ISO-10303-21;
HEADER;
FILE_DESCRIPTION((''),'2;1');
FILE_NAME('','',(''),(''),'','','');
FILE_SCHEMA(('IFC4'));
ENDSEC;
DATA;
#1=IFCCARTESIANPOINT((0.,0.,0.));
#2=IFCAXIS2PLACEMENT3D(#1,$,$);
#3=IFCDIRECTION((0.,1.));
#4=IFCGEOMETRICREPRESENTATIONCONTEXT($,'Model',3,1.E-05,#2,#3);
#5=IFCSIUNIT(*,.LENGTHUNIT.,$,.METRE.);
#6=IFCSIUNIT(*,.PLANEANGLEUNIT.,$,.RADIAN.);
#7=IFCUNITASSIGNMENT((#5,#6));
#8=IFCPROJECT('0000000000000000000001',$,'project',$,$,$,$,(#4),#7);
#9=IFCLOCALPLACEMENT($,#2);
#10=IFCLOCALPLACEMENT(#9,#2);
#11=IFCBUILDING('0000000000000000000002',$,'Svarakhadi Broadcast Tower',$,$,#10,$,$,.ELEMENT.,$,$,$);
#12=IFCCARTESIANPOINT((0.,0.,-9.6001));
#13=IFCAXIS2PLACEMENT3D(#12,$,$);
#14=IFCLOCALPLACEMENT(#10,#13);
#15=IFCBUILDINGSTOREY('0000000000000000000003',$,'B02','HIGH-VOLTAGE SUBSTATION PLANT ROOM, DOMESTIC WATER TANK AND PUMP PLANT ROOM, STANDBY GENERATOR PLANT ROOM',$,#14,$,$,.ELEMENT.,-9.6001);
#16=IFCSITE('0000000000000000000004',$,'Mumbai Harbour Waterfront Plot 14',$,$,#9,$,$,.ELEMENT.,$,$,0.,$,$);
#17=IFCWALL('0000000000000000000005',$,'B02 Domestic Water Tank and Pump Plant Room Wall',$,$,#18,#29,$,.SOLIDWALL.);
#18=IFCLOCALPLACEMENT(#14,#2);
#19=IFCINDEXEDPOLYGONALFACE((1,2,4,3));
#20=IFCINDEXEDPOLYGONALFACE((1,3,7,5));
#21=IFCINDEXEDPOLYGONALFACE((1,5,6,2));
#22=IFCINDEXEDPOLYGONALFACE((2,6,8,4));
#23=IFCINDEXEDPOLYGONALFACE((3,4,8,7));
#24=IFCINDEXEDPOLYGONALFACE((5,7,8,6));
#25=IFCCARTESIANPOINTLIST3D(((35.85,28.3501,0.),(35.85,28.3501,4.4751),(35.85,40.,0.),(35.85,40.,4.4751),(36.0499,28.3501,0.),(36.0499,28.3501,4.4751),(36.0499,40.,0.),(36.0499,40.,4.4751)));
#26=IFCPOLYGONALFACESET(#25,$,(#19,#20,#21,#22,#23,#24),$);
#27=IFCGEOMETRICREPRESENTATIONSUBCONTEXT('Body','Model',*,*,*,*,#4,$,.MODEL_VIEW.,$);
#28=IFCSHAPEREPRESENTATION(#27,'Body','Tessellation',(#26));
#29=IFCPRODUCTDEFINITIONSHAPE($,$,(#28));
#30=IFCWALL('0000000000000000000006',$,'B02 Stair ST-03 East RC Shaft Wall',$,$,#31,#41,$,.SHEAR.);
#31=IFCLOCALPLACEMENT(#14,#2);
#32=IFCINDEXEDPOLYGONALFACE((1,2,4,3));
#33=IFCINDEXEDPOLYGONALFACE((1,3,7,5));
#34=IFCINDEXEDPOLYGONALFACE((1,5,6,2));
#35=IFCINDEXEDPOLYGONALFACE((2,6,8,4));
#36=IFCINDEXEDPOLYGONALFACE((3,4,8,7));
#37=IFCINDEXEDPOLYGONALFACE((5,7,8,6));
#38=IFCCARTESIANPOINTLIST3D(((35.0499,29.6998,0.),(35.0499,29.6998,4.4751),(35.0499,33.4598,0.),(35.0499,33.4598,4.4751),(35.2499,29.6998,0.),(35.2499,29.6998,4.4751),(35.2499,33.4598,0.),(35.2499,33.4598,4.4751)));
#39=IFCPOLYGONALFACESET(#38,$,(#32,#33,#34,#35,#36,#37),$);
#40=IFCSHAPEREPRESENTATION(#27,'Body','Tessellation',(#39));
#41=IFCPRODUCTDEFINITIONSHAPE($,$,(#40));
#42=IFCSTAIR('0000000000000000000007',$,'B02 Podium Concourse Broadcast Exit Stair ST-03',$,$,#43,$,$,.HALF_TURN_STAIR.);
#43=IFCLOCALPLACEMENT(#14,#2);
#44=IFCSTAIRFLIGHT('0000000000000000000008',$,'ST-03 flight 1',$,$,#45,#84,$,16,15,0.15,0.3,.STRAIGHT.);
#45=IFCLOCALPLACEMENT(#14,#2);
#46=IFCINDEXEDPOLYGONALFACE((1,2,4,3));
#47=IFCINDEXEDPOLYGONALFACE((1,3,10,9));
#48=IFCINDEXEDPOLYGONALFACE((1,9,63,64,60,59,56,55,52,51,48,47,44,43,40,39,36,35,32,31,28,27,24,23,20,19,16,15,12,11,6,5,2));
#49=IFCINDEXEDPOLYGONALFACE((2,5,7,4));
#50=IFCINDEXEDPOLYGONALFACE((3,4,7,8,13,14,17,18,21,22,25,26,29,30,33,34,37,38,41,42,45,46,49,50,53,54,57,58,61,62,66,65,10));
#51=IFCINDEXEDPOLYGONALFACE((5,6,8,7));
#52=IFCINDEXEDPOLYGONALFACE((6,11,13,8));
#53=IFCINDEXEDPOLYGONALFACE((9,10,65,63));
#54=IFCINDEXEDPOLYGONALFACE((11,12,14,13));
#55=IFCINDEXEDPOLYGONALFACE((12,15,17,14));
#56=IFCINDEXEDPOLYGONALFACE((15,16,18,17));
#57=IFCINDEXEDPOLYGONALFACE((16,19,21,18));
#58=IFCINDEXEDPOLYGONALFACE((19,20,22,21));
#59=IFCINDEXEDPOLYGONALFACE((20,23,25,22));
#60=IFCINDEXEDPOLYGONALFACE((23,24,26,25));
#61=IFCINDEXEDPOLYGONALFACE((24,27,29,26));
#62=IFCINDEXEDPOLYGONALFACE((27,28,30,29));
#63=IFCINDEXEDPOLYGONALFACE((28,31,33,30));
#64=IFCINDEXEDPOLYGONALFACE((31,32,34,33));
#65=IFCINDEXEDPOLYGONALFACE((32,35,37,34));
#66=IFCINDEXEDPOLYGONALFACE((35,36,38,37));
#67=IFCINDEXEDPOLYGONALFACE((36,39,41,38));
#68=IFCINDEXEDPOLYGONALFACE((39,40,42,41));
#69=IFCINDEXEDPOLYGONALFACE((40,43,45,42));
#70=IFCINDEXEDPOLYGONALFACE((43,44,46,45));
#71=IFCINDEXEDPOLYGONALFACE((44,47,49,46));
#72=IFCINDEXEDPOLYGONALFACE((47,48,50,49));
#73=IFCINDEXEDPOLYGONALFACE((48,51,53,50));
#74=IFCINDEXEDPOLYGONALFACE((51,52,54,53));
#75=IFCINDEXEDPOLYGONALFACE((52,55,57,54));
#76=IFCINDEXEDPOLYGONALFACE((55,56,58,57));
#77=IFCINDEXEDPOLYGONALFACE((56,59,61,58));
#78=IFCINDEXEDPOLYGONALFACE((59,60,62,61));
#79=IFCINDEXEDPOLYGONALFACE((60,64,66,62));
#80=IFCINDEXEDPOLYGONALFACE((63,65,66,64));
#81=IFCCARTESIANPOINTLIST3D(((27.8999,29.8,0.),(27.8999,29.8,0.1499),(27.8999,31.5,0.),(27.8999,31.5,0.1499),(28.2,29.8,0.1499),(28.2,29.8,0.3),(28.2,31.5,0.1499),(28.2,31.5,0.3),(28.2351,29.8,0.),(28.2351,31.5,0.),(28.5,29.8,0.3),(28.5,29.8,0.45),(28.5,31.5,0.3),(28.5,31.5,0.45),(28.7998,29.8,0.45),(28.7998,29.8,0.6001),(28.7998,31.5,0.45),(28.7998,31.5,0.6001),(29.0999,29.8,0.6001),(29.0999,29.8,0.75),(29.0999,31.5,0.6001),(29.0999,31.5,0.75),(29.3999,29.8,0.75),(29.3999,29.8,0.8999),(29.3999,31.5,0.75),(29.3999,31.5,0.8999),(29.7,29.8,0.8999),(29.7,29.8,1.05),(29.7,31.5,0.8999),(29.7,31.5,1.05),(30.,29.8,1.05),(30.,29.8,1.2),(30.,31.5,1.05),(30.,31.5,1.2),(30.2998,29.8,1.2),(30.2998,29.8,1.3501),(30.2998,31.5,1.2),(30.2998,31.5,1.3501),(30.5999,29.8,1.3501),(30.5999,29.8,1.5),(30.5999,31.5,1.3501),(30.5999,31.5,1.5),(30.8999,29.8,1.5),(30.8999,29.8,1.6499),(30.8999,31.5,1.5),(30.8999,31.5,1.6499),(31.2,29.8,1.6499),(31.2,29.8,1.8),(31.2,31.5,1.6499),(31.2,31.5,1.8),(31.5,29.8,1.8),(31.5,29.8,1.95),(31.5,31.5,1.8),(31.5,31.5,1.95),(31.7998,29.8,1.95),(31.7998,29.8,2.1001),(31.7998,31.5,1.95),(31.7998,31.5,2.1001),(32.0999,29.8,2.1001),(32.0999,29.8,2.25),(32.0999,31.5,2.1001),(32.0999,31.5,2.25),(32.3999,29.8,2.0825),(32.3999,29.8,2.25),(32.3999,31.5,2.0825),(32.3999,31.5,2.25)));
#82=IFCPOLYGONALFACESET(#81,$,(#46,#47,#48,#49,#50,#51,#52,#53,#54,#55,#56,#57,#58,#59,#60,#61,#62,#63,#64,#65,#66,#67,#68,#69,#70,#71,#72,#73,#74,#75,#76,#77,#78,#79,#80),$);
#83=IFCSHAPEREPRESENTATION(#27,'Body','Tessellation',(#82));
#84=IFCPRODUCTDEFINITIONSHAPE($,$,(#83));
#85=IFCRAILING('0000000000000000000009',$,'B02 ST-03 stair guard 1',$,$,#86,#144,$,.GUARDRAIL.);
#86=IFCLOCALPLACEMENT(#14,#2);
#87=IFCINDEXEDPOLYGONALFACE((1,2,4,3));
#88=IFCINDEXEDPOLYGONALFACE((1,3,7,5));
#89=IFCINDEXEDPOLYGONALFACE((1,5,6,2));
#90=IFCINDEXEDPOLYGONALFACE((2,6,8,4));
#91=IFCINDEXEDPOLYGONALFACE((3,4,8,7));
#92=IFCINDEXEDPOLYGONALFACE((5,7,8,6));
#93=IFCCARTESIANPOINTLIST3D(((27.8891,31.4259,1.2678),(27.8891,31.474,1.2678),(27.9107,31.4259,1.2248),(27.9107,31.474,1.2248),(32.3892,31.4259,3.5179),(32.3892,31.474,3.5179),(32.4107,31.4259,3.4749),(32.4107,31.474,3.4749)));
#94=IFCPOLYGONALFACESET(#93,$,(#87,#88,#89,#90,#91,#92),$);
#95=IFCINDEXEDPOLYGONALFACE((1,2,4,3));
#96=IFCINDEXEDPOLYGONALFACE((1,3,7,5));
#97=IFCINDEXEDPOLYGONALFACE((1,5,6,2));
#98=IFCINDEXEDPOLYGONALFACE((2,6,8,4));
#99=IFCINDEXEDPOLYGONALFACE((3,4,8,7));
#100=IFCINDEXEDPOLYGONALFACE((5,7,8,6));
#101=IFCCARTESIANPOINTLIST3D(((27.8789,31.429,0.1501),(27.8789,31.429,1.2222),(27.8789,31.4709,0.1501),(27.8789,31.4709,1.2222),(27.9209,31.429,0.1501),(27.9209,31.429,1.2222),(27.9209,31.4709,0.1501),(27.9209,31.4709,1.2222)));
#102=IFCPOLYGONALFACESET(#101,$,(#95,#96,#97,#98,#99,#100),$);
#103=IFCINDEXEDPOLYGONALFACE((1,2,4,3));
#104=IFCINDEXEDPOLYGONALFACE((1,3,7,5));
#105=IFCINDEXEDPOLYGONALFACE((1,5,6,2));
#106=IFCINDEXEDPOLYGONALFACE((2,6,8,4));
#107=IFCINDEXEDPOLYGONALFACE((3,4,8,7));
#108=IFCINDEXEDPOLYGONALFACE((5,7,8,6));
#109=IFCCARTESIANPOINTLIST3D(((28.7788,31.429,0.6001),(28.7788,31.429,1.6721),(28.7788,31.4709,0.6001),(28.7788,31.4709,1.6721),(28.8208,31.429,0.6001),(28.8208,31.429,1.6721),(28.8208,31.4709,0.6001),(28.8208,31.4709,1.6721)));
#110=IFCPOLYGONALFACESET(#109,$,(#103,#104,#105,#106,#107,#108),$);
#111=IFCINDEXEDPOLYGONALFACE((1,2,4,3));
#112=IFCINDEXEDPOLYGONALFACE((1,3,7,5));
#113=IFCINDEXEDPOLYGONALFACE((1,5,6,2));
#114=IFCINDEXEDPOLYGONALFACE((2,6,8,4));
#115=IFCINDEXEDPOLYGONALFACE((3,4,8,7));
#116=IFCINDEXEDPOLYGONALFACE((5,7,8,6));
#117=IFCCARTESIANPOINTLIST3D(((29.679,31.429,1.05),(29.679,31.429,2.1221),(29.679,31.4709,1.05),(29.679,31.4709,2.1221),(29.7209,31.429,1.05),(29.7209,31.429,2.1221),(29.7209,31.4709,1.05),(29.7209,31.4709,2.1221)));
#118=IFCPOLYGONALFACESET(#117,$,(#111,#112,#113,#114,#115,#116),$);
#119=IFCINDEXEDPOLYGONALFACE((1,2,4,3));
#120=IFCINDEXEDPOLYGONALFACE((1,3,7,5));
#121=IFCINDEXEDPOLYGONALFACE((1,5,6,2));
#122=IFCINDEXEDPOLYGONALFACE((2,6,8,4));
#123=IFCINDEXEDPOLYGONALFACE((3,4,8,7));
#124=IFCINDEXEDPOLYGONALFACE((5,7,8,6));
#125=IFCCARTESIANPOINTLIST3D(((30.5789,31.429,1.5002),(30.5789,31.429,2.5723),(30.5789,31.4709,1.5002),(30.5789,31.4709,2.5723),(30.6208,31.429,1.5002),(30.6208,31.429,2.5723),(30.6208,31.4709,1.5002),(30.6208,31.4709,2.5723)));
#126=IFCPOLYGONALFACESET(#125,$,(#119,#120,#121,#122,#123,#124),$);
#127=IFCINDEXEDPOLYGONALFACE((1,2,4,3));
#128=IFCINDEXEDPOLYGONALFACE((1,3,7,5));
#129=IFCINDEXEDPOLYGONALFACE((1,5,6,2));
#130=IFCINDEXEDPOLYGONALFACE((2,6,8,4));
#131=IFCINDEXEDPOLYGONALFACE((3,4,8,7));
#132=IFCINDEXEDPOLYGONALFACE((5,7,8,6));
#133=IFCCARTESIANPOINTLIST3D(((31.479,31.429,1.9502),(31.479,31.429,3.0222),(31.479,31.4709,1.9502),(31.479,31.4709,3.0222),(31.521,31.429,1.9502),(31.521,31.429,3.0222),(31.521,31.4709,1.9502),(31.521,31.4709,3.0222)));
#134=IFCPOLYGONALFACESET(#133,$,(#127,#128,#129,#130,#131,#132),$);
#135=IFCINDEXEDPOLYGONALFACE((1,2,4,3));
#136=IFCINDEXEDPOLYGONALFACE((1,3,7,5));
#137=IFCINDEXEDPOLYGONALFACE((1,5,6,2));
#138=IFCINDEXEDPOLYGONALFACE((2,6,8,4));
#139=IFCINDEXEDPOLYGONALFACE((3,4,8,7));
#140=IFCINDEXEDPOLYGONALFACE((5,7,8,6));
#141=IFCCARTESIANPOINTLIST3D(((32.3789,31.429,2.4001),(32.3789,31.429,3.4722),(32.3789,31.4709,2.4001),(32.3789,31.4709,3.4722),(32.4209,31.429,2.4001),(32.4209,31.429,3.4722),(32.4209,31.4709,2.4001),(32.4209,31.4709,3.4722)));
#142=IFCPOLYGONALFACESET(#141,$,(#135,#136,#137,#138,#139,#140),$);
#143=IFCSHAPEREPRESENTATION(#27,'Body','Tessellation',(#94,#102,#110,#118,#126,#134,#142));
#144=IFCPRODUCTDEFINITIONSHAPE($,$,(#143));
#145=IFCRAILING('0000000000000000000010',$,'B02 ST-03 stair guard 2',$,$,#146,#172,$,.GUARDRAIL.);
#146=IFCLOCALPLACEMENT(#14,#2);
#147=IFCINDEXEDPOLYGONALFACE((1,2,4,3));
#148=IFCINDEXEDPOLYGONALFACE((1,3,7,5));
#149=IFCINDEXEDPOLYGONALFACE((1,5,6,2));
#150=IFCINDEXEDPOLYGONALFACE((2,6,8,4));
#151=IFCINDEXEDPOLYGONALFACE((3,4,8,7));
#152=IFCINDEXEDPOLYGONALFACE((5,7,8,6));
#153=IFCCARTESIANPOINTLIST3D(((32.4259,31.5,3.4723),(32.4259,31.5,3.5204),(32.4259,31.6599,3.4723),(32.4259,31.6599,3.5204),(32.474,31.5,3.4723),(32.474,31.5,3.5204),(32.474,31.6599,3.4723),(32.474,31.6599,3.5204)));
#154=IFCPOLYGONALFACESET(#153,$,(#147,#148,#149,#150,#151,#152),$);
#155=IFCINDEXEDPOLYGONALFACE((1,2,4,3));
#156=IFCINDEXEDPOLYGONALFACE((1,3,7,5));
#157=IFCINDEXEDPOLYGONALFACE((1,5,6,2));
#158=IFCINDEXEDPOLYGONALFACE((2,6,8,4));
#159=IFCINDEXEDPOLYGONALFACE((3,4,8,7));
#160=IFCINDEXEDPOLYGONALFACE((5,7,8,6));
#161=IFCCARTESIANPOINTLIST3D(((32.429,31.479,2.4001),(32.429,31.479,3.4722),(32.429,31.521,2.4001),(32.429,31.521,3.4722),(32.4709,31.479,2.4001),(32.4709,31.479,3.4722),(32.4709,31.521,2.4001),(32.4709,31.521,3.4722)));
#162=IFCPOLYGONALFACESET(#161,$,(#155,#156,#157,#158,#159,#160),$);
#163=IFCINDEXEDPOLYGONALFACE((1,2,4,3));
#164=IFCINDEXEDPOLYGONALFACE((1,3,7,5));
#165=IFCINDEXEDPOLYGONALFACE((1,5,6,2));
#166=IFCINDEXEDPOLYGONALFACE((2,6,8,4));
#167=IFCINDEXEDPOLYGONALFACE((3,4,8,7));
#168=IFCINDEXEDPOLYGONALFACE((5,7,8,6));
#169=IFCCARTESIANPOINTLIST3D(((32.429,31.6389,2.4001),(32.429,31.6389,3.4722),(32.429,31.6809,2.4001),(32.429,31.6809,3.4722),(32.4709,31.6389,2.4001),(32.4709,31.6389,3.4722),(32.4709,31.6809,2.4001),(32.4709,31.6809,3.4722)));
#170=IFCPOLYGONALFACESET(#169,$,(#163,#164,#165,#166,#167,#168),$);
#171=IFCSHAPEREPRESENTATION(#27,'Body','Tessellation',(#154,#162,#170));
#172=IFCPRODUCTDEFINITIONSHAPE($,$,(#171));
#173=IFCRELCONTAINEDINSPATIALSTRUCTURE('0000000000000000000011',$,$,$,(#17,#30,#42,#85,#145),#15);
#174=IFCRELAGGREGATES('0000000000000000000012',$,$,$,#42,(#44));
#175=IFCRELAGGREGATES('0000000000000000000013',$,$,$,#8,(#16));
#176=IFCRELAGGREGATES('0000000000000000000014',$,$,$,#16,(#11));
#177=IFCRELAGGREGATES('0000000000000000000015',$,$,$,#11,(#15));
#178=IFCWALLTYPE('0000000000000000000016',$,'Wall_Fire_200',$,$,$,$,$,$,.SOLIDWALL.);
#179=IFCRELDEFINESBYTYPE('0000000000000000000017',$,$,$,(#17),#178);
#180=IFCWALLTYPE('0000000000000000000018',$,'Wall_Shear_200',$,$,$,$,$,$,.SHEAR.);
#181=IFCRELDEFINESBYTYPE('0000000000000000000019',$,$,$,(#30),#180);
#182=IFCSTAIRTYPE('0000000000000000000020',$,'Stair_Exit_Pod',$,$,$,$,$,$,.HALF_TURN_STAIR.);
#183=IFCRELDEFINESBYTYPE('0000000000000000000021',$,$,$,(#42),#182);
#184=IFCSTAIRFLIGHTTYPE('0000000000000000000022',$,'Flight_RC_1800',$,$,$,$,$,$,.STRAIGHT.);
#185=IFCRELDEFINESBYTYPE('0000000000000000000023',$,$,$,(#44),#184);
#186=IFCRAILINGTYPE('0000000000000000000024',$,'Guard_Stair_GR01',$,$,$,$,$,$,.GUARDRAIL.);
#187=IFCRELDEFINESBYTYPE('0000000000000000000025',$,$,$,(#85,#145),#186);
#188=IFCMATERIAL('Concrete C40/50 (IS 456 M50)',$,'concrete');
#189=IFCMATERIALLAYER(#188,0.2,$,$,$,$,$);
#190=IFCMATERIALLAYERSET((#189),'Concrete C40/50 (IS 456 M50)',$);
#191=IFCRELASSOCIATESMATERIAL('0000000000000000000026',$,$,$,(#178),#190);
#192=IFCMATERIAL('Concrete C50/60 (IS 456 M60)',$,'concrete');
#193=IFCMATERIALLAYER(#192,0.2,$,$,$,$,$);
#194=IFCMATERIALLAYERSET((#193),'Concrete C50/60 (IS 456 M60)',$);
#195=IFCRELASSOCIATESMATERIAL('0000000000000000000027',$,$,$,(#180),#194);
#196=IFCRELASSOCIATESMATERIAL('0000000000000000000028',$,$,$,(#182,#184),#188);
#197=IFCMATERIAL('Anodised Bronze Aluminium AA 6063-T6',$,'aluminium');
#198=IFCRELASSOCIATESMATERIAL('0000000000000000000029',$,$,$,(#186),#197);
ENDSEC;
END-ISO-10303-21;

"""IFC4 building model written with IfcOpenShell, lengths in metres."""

from ifc_helpers import new_model, si_unit, direction, frame, frame_2d, origin, origin_2d, place, context, subcontext, project, spatial, polyline, rectangle, outline, extrude, material, layer, layer_set, type_object, element, aggregate, save


model = new_model("IFC4")

# Units and contexts
model_context = context("Model", 3, precision=1e-05, world=origin(), true_north=direction((0.0, 1.0)))
body_context = subcontext(model_context, "Body", "Model", "MODEL_VIEW")
ifc_project = project(units=[si_unit("LENGTHUNIT", "METRE"), si_unit("PLANEANGLEUNIT", "RADIAN")], contexts=[model_context])

# Site, building, storey
site_placement = place(None, origin())
site = spatial("IfcSite", under=ifc_project, at=site_placement, Name="Mumbai Harbour Waterfront Plot 14", CompositionType="ELEMENT", RefElevation=0.0)
building_placement = place(site_placement, origin())
building = spatial("IfcBuilding", under=site, at=building_placement, Name="Svarakhadi Broadcast Tower", CompositionType="ELEMENT")
storey_placement = place(building_placement, frame((0.0, 0.0, -9.6001)))
storey = spatial("IfcBuildingStorey", under=building, at=storey_placement, Name="B02", Description="HIGH-VOLTAGE SUBSTATION PLANT ROOM, DOMESTIC WATER TANK AND PUMP PLANT ROOM, STANDBY GENERATOR PLANT ROOM", CompositionType="ELEMENT", Elevation=-9.6001)

# Shared definitions
ifc_material_1 = material(Name="Concrete C50/60 (IS 456 M60)", Category="concrete")

# Shared definitions
ifc_material_2 = material(Name="Concrete C40/50 (IS 456 M50)", Category="concrete")
ifc_layer_1 = layer(ifc_material_2, 0.2)
ifc_layer_set_1 = layer_set([ifc_layer_1], Name="Concrete C40/50 (IS 456 M50)")
wall_type_1 = type_object("IfcWallType", Name="Wall_Fire_200", PredefinedType="SOLIDWALL", material=ifc_layer_set_1)

# Walls
wall_1_placement = place(storey_placement, frame((35.95, 28.3501, 0.0), z_axis=(0.0, 0.0, 1.0), x_axis=(0.0, 1.0, 0.0)))
element("IfcWall", 1, at=wall_1_placement, inside=storey, type_object=wall_type_1, Name="B02 Domestic Water Tank and Pump Plant Room Wall", PredefinedType="SOLIDWALL", context=body_context, shape_type="SweptSolid", body=[
    extrude(rectangle(XDim=11.6499, YDim=0.2, at=frame_2d((5.825, 0.0))), origin(), (0.0, 0.0, 1.0), 4.4751),
])
ifc_layer_2 = layer(ifc_material_1, 0.2)
ifc_layer_set_2 = layer_set([ifc_layer_2], Name="Concrete C50/60 (IS 456 M60)")
wall_type_2 = type_object("IfcWallType", Name="Wall_Shear_200", PredefinedType="SHEAR", material=ifc_layer_set_2)
wall_2_placement = place(storey_placement, frame((35.1499, 29.7, 0.0), z_axis=(0.0, 0.0, 1.0), x_axis=(0.0, 1.0, 0.0)))
element("IfcWall", 2, at=wall_2_placement, inside=storey, type_object=wall_type_2, Name="B02 Stair ST-03 East RC Shaft Wall", PredefinedType="SHEAR", context=body_context, shape_type="SweptSolid", body=[
    extrude(rectangle(XDim=3.76, YDim=0.2, at=frame_2d((1.8799, 0.0))), origin(), (0.0, 0.0, 1.0), 4.4751),
])

# Stair, stair flight
stair_type = type_object("IfcStairType", Name="Stair_Exit_Pod", PredefinedType="HALF_TURN_STAIR", material=ifc_material_2)
stair_placement = place(storey_placement, origin())
stair = element("IfcStair", 3, at=stair_placement, inside=storey, type_object=stair_type, Name="B02 Podium Concourse Broadcast Exit Stair ST-03", PredefinedType="HALF_TURN_STAIR")
stair_flight_type = type_object("IfcStairFlightType", Name="Flight_RC_1800", PredefinedType="STRAIGHT", material=ifc_material_2)
stair_flight_placement = place(storey_placement, frame((27.8999, 30.6499, 0.0), z_axis=(0.0, 0.0, 1.0), x_axis=(1.0, 0.0, 0.0)))
stair_flight = element("IfcStairFlight", 4, at=stair_flight_placement, type_object=stair_flight_type, Name="ST-03 flight 1", NumberOfRisers=16, NumberOfTreads=15, PredefinedType="STRAIGHT", RiserHeight=0.15, TreadLength=0.3, context=body_context, shape_type="SweptSolid", body=[
    extrude(outline(polyline([(0.0, 0.0), (0.0, 0.1499), (0.3, 0.1499), (0.3, 0.3), (0.6001, 0.3), (0.6001, 0.45), (0.8999, 0.45), (0.8999, 0.6001), (1.2, 0.6001), (1.2, 0.75), (1.5, 0.75), (1.5, 0.8999), (1.8, 0.8999), (1.8, 1.05), (2.1001, 1.05), (2.1001, 1.2), (2.3999, 1.2), (2.3999, 1.3501), (2.7, 1.3501), (2.7, 1.5), (3.0, 1.5), (3.0, 1.6499), (3.3, 1.6499), (3.3, 1.8), (3.6001, 1.8), (3.6001, 1.95), (3.8999, 1.95), (3.8999, 2.1001), (4.2, 2.1001), (4.2, 2.25), (4.5, 2.25), (4.5, 2.3999), (4.5, 2.0825), (0.3352, 0.0), (0.0, 0.0)])), frame((0.0, 0.8501, 0.0), z_axis=(0.0, -1.0, 0.0), x_axis=(1.0, 0.0, 0.0)), (0.0, 0.0, 1.0), 1.7),
])
aggregate(stair, [stair_flight])

# Railings
ifc_material_3 = material(Name="Anodised Bronze Aluminium AA 6063-T6", Category="aluminium")
railing_type_1 = type_object("IfcRailingType", Name="Guard_Stair_GR01", PredefinedType="GUARDRAIL", material=ifc_material_3)
railing_1_placement = place(storey_placement, frame((27.8999, 31.45, 0.1501)))
element("IfcRailing", 5, at=railing_1_placement, inside=storey, type_object=railing_type_1, Name="B02 ST-03 stair guard 1", PredefinedType="GUARDRAIL", context=body_context, shape_type="SweptSolid", body=[
    extrude(rectangle(XDim=0.0481, YDim=0.0481, at=origin_2d()), frame((0.0, 0.0, 1.0962), z_axis=(0.894427, 0.0, 0.447214), x_axis=(0.0, 1.0, 0.0)), (0.0, 0.0, 1.0), 5.0312),
    extrude(rectangle(XDim=0.042, YDim=0.042, at=origin_2d()), origin(), (0.0, 0.0, 1.0), 1.072),
    extrude(rectangle(XDim=0.042, YDim=0.042, at=origin_2d()), frame((0.8999, 0.0, 0.45)), (0.0, 0.0, 1.0), 1.072),
    extrude(rectangle(XDim=0.042, YDim=0.042, at=origin_2d()), frame((1.8, 0.0, 0.8999)), (0.0, 0.0, 1.0), 1.072),
    extrude(rectangle(XDim=0.042, YDim=0.042, at=origin_2d()), frame((2.7, 0.0, 1.3501)), (0.0, 0.0, 1.0), 1.072),
    extrude(rectangle(XDim=0.042, YDim=0.042, at=origin_2d()), frame((3.6001, 0.0, 1.8)), (0.0, 0.0, 1.0), 1.072),
    extrude(rectangle(XDim=0.042, YDim=0.042, at=origin_2d()), frame((4.5, 0.0, 2.25)), (0.0, 0.0, 1.0), 1.072),
])
railing_2_placement = place(storey_placement, frame((32.45, 31.5, 2.4001)))
element("IfcRailing", 6, at=railing_2_placement, inside=storey, type_object=railing_type_1, Name="B02 ST-03 stair guard 2", PredefinedType="GUARDRAIL", context=body_context, shape_type="SweptSolid", body=[
    extrude(rectangle(XDim=0.0481, YDim=0.0481, at=origin_2d()), frame((0.0, 0.0, 1.0962), z_axis=(0.0, 1.0, 0.0), x_axis=(-1.0, 0.0, 0.0)), (0.0, 0.0, 1.0), 0.1599),
    extrude(rectangle(XDim=0.042, YDim=0.042, at=origin_2d()), origin(), (0.0, 0.0, 1.0), 1.072),
    extrude(rectangle(XDim=0.042, YDim=0.042, at=origin_2d()), frame((0.0, 0.1599, 0.0)), (0.0, 0.0, 1.0), 1.072),
])

save(model, "model.ifc")
